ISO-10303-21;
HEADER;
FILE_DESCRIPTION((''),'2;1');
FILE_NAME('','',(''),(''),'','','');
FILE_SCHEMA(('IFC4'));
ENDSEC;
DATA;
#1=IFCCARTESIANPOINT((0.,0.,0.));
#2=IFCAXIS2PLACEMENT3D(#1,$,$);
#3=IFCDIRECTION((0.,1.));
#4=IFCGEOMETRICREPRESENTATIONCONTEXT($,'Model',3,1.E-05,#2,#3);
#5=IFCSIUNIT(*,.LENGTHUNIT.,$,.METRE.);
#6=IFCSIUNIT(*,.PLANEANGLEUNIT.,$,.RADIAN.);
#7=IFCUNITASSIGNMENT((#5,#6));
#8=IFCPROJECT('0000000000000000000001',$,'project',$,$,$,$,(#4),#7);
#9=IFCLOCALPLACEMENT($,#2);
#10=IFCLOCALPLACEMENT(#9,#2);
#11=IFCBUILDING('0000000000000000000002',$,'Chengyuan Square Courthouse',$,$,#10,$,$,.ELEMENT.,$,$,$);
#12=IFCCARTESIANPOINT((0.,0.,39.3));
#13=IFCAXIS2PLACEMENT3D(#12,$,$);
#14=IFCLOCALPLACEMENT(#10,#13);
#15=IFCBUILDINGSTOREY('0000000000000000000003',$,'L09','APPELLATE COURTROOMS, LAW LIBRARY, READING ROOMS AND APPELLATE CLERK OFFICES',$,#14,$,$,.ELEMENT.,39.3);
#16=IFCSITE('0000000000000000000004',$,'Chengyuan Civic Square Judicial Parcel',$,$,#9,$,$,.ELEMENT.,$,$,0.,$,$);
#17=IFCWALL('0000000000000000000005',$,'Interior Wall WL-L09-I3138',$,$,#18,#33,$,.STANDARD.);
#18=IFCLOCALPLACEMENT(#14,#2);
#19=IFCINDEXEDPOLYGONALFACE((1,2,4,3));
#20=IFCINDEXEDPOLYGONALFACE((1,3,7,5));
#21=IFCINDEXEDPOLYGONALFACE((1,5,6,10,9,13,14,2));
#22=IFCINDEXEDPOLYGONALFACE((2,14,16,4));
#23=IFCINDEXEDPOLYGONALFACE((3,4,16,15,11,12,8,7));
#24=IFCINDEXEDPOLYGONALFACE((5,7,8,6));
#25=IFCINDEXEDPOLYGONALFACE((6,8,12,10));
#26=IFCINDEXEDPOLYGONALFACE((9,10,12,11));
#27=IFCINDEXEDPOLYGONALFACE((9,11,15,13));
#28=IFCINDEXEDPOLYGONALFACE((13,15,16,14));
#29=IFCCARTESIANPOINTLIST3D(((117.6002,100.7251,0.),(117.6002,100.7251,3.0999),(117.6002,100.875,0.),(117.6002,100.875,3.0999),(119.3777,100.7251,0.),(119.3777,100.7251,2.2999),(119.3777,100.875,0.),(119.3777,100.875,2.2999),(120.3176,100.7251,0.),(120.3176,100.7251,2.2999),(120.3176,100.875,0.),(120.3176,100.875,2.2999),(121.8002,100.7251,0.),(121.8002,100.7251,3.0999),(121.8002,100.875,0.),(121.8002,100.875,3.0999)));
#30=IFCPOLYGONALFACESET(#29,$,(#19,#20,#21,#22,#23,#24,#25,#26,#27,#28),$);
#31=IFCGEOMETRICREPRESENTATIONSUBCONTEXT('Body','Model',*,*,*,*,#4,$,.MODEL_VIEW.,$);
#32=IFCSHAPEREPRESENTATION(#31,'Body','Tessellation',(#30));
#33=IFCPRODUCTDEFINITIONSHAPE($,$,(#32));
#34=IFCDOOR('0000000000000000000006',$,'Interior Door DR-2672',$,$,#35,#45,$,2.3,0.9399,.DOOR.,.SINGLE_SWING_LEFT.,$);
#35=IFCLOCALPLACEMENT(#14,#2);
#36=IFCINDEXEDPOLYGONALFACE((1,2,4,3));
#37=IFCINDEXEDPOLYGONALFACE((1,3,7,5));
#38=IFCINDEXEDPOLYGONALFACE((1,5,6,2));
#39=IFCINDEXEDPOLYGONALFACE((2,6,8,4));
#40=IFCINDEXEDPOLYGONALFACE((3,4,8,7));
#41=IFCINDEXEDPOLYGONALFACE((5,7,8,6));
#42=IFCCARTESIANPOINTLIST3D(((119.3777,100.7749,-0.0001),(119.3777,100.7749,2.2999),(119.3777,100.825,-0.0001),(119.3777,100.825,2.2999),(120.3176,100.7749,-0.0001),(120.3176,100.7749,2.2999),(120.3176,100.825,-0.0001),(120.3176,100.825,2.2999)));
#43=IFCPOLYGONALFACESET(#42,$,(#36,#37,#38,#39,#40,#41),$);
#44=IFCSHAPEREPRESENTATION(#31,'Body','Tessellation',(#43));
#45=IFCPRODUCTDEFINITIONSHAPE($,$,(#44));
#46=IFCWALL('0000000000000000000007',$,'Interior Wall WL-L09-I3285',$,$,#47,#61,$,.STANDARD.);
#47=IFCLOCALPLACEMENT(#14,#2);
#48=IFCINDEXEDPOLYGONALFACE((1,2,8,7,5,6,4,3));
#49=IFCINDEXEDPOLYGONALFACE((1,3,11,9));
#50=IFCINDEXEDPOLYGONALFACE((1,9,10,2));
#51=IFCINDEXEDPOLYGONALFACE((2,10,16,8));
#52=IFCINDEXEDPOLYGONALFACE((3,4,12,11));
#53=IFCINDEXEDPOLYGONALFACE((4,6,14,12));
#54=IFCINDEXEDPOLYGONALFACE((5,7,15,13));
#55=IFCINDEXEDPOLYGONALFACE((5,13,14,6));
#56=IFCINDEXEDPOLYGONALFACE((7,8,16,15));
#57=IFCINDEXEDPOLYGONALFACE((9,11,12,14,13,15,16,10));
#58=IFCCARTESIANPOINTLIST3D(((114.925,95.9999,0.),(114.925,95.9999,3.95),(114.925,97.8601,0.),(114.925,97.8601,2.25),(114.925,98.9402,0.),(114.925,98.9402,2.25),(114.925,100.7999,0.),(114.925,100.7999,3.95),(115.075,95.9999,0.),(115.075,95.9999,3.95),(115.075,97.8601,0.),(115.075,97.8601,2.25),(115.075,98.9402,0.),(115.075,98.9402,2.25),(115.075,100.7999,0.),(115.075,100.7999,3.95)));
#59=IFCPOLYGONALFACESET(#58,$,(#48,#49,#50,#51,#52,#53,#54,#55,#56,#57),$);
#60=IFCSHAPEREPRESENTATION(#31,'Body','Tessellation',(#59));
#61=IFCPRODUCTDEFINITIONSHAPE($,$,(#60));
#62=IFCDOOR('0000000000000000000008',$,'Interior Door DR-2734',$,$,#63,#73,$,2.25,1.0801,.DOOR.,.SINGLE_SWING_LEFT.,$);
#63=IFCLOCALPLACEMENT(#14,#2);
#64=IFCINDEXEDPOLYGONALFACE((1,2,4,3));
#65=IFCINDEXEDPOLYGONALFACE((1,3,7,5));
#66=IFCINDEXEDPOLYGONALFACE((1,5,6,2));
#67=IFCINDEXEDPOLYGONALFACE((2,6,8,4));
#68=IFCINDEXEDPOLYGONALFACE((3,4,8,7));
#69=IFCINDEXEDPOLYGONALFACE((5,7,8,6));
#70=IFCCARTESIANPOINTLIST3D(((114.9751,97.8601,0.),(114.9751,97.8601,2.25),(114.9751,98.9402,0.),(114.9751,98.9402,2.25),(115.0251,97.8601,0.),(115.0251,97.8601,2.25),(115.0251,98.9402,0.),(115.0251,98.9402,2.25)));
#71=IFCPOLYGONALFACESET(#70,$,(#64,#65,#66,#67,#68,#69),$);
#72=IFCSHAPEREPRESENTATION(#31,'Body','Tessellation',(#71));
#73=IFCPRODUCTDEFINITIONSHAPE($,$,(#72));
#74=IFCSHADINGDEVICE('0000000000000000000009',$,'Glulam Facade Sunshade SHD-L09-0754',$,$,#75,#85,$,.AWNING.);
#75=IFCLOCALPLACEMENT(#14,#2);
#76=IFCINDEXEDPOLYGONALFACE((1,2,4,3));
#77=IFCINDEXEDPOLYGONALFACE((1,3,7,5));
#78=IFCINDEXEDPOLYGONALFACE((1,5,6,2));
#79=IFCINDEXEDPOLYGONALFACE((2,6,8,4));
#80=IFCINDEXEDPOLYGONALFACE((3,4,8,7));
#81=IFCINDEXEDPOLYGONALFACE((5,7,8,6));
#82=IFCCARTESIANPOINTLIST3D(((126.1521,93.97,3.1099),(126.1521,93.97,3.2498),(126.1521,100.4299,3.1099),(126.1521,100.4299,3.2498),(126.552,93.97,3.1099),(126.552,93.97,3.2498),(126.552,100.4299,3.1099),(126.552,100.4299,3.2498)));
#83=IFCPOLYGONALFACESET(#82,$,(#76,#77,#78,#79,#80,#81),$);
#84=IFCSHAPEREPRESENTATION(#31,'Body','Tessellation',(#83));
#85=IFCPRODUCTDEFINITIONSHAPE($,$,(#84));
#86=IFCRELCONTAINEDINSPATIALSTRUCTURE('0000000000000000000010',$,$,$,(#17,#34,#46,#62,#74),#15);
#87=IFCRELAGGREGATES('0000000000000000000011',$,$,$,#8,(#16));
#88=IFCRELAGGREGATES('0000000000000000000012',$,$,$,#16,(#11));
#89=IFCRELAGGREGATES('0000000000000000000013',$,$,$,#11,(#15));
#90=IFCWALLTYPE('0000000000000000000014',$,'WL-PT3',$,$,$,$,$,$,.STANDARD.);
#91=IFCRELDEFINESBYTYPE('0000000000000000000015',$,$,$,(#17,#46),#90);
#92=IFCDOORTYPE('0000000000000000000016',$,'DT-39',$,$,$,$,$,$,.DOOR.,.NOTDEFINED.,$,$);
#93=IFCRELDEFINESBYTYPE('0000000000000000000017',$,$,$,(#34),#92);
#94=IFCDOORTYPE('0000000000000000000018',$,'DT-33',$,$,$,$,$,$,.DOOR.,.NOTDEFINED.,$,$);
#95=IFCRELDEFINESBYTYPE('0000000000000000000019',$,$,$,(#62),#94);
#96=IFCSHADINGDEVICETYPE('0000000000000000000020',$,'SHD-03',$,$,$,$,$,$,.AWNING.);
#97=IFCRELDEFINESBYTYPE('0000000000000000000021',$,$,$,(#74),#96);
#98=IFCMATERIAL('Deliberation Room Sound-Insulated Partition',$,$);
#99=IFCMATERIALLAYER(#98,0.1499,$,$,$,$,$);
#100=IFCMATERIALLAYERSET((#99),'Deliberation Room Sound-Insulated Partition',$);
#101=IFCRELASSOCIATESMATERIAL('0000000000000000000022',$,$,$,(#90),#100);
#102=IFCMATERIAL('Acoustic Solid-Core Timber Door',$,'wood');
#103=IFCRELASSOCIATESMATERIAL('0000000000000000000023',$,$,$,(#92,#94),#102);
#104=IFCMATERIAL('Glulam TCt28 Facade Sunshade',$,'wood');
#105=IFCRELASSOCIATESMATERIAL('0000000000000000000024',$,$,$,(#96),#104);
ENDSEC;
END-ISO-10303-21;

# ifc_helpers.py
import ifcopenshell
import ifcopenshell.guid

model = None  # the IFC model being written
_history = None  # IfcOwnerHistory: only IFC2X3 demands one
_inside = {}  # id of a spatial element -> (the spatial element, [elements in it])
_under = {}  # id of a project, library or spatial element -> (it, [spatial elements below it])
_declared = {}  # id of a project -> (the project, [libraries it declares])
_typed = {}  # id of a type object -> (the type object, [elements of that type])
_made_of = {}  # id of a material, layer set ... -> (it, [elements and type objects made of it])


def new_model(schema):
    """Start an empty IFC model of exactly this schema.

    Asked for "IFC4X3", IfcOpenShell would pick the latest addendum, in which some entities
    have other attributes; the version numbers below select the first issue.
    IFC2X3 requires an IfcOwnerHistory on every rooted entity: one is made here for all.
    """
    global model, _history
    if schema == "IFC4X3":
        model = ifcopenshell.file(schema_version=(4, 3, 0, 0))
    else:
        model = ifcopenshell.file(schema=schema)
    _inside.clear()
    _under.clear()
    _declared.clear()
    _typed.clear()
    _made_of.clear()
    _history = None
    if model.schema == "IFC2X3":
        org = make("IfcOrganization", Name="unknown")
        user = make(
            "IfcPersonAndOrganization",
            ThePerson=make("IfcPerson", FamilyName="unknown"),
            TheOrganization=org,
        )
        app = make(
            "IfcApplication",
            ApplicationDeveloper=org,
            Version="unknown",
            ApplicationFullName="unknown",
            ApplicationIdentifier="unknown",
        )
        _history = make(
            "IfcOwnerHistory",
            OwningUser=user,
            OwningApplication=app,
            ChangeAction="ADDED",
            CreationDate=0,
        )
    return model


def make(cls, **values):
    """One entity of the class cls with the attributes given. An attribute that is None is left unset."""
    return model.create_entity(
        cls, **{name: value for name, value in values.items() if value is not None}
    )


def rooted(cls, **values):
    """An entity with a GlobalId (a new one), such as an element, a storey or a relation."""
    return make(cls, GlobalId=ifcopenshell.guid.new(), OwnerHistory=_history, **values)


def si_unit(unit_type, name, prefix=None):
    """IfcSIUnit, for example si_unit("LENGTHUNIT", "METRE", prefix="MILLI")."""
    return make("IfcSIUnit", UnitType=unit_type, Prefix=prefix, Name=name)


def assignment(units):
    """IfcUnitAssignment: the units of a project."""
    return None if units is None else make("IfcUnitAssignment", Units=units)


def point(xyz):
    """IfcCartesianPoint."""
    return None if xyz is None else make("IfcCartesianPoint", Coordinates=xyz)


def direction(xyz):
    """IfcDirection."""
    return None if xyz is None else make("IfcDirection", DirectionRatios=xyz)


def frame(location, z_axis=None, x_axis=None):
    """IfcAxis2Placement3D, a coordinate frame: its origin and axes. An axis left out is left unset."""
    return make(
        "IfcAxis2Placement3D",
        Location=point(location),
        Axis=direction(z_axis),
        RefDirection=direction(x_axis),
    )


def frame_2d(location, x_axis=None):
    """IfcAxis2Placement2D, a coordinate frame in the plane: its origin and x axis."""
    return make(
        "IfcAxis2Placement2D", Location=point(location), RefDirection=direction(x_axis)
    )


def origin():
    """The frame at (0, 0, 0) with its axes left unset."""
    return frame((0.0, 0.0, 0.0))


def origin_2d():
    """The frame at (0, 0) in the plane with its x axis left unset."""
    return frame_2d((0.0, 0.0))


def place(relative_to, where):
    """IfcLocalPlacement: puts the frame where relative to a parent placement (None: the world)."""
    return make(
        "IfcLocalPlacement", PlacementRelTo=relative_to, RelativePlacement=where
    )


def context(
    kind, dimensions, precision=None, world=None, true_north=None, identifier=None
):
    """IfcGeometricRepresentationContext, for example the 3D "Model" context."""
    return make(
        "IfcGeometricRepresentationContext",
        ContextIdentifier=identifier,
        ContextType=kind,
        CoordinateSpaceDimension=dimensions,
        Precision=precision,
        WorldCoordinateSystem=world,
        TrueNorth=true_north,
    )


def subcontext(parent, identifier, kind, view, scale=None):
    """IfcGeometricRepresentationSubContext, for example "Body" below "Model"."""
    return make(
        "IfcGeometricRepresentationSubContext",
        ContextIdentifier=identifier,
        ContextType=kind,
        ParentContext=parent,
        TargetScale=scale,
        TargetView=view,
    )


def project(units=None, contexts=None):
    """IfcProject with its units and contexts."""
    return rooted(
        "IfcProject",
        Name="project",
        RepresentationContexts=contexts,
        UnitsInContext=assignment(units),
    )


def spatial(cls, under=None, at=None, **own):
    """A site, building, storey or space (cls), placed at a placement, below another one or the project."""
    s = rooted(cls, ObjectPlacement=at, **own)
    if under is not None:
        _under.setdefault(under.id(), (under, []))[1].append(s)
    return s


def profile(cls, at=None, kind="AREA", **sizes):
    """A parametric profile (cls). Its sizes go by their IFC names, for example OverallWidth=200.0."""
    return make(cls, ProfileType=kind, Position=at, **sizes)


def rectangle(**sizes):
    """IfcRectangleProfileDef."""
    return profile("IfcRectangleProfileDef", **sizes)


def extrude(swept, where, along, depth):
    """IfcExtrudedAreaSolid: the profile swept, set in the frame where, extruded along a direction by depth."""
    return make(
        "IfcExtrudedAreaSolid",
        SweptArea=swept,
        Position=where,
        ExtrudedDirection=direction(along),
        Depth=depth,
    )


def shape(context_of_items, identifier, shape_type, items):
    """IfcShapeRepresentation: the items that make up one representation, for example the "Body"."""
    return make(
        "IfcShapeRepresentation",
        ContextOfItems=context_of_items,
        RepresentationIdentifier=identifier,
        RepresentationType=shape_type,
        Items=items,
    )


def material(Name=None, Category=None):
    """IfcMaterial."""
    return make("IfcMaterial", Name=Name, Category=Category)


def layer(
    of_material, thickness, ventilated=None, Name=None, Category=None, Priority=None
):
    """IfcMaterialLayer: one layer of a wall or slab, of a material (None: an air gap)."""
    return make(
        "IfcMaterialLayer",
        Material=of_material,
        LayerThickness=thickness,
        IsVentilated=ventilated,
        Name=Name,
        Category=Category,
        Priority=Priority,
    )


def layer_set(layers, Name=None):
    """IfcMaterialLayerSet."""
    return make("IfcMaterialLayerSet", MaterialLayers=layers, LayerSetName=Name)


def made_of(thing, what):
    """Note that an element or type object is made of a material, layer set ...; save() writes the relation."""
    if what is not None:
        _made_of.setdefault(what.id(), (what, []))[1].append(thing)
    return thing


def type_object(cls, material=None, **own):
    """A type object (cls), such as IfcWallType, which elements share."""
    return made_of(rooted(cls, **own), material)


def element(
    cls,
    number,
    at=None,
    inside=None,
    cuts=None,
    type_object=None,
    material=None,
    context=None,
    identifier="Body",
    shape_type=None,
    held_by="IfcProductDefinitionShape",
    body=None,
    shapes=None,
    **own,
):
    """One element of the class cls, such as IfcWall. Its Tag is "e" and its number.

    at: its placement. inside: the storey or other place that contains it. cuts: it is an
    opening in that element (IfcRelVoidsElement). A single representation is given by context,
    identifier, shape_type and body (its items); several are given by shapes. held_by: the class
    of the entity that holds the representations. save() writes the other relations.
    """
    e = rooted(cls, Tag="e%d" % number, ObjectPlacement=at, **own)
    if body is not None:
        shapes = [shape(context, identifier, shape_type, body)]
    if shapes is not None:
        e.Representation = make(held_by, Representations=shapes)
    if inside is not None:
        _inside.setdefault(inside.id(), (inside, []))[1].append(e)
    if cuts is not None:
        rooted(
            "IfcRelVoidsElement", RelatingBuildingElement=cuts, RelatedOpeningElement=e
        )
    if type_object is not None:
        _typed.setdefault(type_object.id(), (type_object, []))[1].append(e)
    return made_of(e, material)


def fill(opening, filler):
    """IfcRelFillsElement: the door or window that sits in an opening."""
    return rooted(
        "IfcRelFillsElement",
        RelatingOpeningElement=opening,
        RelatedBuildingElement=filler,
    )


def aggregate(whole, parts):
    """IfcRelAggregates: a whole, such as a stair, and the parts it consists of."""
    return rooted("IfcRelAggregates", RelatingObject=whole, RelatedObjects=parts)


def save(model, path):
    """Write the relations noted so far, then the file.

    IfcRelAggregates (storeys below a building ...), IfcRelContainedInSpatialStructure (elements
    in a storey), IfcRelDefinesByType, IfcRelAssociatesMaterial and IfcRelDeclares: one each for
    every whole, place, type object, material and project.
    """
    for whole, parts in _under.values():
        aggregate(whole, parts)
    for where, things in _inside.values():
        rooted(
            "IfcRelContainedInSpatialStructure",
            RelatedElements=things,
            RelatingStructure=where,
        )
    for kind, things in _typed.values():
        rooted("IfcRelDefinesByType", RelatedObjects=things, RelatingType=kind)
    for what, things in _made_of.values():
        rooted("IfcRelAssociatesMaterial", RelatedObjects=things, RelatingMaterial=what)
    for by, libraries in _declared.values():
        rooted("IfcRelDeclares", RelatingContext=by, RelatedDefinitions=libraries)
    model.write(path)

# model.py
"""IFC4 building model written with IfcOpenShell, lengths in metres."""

from ifc_helpers import new_model, si_unit, direction, frame, frame_2d, origin, origin_2d, place, context, subcontext, project, spatial, rectangle, extrude, material, layer, layer_set, type_object, element, fill, save


model = new_model("IFC4")

# Units and contexts
model_context = context("Model", 3, precision=1e-05, world=origin(), true_north=direction((0.0, 1.0)))
body_context = subcontext(model_context, "Body", "Model", "MODEL_VIEW")
ifc_project = project(units=[si_unit("LENGTHUNIT", "METRE"), si_unit("PLANEANGLEUNIT", "RADIAN")], contexts=[model_context])

# Site, building, storey
site_placement = place(None, origin())
site = spatial("IfcSite", under=ifc_project, at=site_placement, Name="Chengyuan Civic Square Judicial Parcel", CompositionType="ELEMENT", RefElevation=0.0)
building_placement = place(site_placement, origin())
building = spatial("IfcBuilding", under=site, at=building_placement, Name="Chengyuan Square Courthouse", CompositionType="ELEMENT")
storey_placement = place(building_placement, frame((0.0, 0.0, 39.3)))
storey = spatial("IfcBuildingStorey", under=building, at=storey_placement, Name="L09", Description="APPELLATE COURTROOMS, LAW LIBRARY, READING ROOMS AND APPELLATE CLERK OFFICES", CompositionType="ELEMENT", Elevation=39.3)

# Walls, openings, doors
ifc_material_1 = material(Name="Deliberation Room Sound-Insulated Partition")
ifc_layer_1 = layer(ifc_material_1, 0.1499)
ifc_layer_set_1 = layer_set([ifc_layer_1], Name="Deliberation Room Sound-Insulated Partition")
wall_type_1 = type_object("IfcWallType", Name="WL-PT3", PredefinedType="STANDARD", material=ifc_layer_set_1)
wall_1_placement = place(storey_placement, frame((117.6001, 100.8, 0.0), z_axis=(0.0, 0.0, 1.0), x_axis=(1.0, 0.0, 0.0)))
wall_1 = element("IfcWall", 1, at=wall_1_placement, inside=storey, type_object=wall_type_1, Name="Interior Wall WL-L09-I3138", PredefinedType="STANDARD", context=body_context, shape_type="SweptSolid", body=[
    extrude(rectangle(XDim=4.2, YDim=0.1499, at=frame_2d((2.1001, 0.0))), origin(), (0.0, 0.0, 1.0), 3.0999),
])
opening_1_placement = place(wall_1_placement, frame((1.7776, 0.0, 0.0)))
opening_1 = element("IfcOpeningElement", 2, at=opening_1_placement, cuts=wall_1, PredefinedType="OPENING", context=body_context, shape_type="SweptSolid", body=[
    extrude(rectangle(XDim=0.9399, YDim=2.3, at=frame_2d((0.47, 1.1499))), frame((0.0, 0.0869, 0.0), z_axis=(0.0, -1.0, 0.0), x_axis=(1.0, 0.0, 0.0)), (0.0, 0.0, 1.0), 0.1738),
])
ifc_material_2 = material(Name="Acoustic Solid-Core Timber Door", Category="wood")
door_type_1 = type_object("IfcDoorType", Name="DT-39", OperationType="NOTDEFINED", PredefinedType="DOOR", material=ifc_material_2)
door_1_placement = place(opening_1_placement, origin())
door_1 = element("IfcDoor", 3, at=door_1_placement, inside=storey, type_object=door_type_1, Name="Interior Door DR-2672", OperationType="SINGLE_SWING_LEFT", OverallHeight=2.3, OverallWidth=0.9399, PredefinedType="DOOR", context=body_context, shape_type="SweptSolid", body=[
    extrude(rectangle(XDim=0.9399, YDim=2.3, at=frame_2d((0.47, 1.1499))), frame((0.0, 0.0249, 0.0), z_axis=(0.0, -1.0, 0.0), x_axis=(1.0, 0.0, 0.0)), (0.0, 0.0, 1.0), 0.05),
])
fill(opening_1, door_1)
wall_2_placement = place(storey_placement, frame((115.0, 96.0, 0.0), z_axis=(0.0, 0.0, 1.0), x_axis=(0.0, 1.0, 0.0)))
wall_2 = element("IfcWall", 4, at=wall_2_placement, inside=storey, type_object=wall_type_1, Name="Interior Wall WL-L09-I3285", PredefinedType="STANDARD", context=body_context, shape_type="SweptSolid", body=[
    extrude(rectangle(XDim=4.8, YDim=0.1499, at=frame_2d((2.3999, 0.0))), origin(), (0.0, 0.0, 1.0), 3.95),
])
opening_2_placement = place(wall_2_placement, frame((1.8601, 0.0, 0.0)))
opening_2 = element("IfcOpeningElement", 5, at=opening_2_placement, cuts=wall_2, PredefinedType="OPENING", context=body_context, shape_type="SweptSolid", body=[
    extrude(rectangle(XDim=1.0801, YDim=2.25, at=frame_2d((0.54, 1.125))), frame((0.0, 0.0869, 0.0), z_axis=(0.0, -1.0, 0.0), x_axis=(1.0, 0.0, 0.0)), (0.0, 0.0, 1.0), 0.1738),
])
door_type_2 = type_object("IfcDoorType", Name="DT-33", OperationType="NOTDEFINED", PredefinedType="DOOR", material=ifc_material_2)
door_2_placement = place(opening_2_placement, origin())
door_2 = element("IfcDoor", 6, at=door_2_placement, inside=storey, type_object=door_type_2, Name="Interior Door DR-2734", OperationType="SINGLE_SWING_LEFT", OverallHeight=2.25, OverallWidth=1.0801, PredefinedType="DOOR", context=body_context, shape_type="SweptSolid", body=[
    extrude(rectangle(XDim=1.0801, YDim=2.25, at=frame_2d((0.54, 1.125))), frame((0.0, 0.0249, 0.0), z_axis=(0.0, -1.0, 0.0), x_axis=(1.0, 0.0, 0.0)), (0.0, 0.0, 1.0), 0.05),
])
fill(opening_2, door_2)

# Shading device
ifc_material_3 = material(Name="Glulam TCt28 Facade Sunshade", Category="wood")
shading_device_type = type_object("IfcShadingDeviceType", Name="SHD-03", PredefinedType="AWNING", material=ifc_material_3)
shading_device_placement = place(storey_placement, frame((126.3521, 97.2, 3.1099), z_axis=(0.0, 0.0, 1.0), x_axis=(0.0, 1.0, 0.0)))
element("IfcShadingDevice", 7, at=shading_device_placement, inside=storey, type_object=shading_device_type, Name="Glulam Facade Sunshade SHD-L09-0754", PredefinedType="AWNING", context=body_context, shape_type="SweptSolid", body=[
    extrude(rectangle(XDim=6.46, YDim=0.3999, at=origin_2d()), origin(), (0.0, 0.0, 1.0), 0.1399),
])

save(model, "model.ifc")
